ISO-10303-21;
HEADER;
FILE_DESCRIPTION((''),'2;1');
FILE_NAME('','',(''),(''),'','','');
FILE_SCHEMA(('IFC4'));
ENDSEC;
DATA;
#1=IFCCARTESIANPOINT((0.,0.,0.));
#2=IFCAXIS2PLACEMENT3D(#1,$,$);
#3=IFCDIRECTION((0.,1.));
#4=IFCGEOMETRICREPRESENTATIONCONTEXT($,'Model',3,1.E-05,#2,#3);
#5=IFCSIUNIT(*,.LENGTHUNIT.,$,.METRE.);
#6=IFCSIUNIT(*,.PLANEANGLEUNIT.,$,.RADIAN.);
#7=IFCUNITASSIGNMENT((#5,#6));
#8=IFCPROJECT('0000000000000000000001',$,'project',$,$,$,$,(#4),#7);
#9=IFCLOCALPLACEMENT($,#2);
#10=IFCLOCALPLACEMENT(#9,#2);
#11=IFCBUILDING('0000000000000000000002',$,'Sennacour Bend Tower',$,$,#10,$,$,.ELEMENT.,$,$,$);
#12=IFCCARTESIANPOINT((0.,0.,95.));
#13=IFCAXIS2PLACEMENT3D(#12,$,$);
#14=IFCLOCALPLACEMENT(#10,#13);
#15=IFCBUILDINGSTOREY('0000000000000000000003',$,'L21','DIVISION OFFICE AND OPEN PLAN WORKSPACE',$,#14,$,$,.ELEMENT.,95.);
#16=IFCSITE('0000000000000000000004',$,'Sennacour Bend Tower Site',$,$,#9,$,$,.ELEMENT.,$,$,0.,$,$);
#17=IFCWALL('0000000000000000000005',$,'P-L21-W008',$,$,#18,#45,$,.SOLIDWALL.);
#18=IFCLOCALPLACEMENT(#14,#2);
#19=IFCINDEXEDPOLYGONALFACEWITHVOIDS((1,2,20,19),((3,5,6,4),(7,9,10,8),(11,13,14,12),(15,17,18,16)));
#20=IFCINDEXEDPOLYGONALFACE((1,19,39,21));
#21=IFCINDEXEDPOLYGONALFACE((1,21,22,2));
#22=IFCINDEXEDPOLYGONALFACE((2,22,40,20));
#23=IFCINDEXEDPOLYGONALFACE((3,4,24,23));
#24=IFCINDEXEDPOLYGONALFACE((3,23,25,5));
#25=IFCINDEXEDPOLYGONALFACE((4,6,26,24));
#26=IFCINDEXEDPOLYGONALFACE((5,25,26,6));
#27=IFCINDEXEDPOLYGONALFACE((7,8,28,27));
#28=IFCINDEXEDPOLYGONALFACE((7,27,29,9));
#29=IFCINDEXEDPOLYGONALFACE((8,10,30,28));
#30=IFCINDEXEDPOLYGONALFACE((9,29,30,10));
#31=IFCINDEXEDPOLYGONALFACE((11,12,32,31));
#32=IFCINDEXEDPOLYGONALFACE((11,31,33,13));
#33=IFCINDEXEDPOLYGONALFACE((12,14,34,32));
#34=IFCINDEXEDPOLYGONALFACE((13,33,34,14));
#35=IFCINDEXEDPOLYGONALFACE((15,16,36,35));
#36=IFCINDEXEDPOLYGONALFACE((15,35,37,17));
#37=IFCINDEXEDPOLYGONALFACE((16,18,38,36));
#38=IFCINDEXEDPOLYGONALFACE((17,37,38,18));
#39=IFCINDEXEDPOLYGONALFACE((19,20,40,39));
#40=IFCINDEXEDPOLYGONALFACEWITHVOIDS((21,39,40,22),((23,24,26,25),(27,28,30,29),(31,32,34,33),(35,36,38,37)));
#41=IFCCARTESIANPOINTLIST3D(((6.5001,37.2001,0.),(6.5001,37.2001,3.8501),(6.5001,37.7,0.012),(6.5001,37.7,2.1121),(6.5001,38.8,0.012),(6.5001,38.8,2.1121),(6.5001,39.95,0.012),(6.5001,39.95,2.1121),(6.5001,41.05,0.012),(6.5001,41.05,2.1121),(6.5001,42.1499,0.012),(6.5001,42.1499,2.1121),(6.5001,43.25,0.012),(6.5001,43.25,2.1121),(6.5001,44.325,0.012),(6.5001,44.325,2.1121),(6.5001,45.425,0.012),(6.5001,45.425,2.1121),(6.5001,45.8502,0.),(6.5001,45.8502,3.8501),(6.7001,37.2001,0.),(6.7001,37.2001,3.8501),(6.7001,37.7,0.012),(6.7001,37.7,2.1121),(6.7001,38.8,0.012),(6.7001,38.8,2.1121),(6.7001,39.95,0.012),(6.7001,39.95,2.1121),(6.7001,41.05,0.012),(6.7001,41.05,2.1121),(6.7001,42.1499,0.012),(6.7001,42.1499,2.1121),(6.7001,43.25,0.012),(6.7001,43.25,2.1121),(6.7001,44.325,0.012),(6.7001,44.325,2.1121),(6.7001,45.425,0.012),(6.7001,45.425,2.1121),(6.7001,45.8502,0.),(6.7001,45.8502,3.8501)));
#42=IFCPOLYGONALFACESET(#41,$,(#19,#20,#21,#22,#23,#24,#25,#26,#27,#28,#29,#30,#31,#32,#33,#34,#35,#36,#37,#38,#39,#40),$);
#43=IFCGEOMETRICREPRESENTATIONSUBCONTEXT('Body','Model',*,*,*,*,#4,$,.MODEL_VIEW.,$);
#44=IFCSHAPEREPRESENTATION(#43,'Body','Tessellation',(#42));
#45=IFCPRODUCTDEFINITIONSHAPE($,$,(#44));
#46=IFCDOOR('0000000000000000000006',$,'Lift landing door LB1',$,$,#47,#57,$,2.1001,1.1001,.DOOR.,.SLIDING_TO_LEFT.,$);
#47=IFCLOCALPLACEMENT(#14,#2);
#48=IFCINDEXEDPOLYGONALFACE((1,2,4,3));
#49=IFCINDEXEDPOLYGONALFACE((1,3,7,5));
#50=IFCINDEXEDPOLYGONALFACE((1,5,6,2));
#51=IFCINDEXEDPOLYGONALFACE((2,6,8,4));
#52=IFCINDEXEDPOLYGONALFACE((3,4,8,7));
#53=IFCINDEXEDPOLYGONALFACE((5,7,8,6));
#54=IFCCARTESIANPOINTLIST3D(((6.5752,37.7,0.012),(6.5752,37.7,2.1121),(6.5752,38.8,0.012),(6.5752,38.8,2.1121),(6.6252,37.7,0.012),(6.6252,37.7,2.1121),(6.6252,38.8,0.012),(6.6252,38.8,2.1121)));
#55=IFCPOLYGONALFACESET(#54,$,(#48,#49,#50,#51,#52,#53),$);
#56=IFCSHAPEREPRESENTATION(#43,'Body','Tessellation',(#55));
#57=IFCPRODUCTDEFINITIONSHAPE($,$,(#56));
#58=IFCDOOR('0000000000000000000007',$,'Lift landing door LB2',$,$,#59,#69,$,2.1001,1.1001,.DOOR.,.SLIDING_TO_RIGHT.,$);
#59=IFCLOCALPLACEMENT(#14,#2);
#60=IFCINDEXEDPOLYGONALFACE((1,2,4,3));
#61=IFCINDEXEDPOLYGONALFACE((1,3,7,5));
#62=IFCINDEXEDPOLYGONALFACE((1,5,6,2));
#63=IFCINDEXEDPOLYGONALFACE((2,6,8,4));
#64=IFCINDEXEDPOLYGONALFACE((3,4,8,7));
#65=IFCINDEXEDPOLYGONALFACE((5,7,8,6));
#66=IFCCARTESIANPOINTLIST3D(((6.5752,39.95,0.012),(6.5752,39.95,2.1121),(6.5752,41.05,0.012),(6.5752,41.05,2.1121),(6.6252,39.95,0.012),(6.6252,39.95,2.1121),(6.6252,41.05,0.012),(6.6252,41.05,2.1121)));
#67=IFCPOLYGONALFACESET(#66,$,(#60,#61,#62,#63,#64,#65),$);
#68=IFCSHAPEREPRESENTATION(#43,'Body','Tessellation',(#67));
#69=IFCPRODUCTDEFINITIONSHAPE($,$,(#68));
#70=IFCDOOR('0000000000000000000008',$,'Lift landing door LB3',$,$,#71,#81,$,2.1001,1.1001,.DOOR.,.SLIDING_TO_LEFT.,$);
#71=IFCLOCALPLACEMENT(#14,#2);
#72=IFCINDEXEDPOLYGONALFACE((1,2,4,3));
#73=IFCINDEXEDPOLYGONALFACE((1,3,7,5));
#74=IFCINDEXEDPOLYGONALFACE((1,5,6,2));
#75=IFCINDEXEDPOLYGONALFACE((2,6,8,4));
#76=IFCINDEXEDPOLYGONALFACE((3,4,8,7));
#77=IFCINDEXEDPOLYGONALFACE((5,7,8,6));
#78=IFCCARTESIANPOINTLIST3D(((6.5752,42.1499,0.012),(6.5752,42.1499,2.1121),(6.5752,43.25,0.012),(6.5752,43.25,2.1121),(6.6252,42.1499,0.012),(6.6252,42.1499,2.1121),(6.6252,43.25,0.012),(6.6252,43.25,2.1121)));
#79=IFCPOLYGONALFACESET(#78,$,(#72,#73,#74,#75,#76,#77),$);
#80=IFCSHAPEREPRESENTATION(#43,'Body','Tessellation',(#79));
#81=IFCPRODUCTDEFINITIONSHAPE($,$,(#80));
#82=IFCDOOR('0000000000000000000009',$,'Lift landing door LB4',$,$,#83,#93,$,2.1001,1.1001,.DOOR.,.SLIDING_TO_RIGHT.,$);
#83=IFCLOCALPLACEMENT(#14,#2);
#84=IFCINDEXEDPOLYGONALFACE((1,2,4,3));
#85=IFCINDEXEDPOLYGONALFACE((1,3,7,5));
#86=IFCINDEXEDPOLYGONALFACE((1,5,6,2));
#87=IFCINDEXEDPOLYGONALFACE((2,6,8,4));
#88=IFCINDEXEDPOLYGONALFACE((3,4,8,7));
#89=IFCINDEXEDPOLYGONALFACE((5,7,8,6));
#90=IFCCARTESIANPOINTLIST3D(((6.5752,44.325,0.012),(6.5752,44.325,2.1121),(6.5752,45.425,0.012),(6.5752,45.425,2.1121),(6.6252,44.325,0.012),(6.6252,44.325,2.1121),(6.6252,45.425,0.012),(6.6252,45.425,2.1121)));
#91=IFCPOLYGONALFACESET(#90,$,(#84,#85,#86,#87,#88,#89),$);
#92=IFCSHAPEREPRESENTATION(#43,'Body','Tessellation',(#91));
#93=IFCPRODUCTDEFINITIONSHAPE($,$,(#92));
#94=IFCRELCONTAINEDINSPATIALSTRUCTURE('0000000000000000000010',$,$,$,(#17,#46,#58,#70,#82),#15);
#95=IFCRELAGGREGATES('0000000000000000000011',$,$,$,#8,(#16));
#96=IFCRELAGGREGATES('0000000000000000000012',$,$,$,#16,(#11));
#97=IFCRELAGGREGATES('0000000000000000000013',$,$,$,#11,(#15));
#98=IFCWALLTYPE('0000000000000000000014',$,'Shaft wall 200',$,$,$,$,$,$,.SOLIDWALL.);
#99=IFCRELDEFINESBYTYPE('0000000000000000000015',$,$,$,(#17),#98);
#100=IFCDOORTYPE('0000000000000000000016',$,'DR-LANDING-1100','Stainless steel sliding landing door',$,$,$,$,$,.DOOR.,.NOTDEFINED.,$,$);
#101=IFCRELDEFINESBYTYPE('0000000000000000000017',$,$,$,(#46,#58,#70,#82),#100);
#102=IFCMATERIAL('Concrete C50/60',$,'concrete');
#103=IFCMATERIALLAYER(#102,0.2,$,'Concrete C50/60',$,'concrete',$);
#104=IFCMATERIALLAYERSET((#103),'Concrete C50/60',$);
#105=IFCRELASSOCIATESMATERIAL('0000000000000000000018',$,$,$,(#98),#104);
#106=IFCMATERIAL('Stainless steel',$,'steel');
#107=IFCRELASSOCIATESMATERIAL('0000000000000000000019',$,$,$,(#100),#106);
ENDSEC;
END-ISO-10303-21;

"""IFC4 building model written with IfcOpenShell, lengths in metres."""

from ifc_helpers import new_model, si_unit, direction, frame, frame_2d, origin, place, context, subcontext, project, spatial, rectangle, extrude, material, layer, layer_set, type_object, element, fill, save


model = new_model("IFC4")

# Units and contexts
model_context = context("Model", 3, precision=1e-05, world=origin(), true_north=direction((0.0, 1.0)))
body_context = subcontext(model_context, "Body", "Model", "MODEL_VIEW")
ifc_project = project(units=[si_unit("LENGTHUNIT", "METRE"), si_unit("PLANEANGLEUNIT", "RADIAN")], contexts=[model_context])

# Site, building, storey
site_placement = place(None, origin())
site = spatial("IfcSite", under=ifc_project, at=site_placement, Name="Sennacour Bend Tower Site", CompositionType="ELEMENT", RefElevation=0.0)
building_placement = place(site_placement, origin())
building = spatial("IfcBuilding", under=site, at=building_placement, Name="Sennacour Bend Tower", CompositionType="ELEMENT")
storey_placement = place(building_placement, frame((0.0, 0.0, 95.0)))
storey = spatial("IfcBuildingStorey", under=building, at=storey_placement, Name="L21", Description="DIVISION OFFICE AND OPEN PLAN WORKSPACE", CompositionType="ELEMENT", Elevation=95.0)

# Wall, openings, doors
ifc_material_1 = material(Name="Concrete C50/60", Category="concrete")
ifc_layer_1 = layer(ifc_material_1, 0.2, Name="Concrete C50/60", Category="concrete")
ifc_layer_set_1 = layer_set([ifc_layer_1], Name="Concrete C50/60")
wall_type_1 = type_object("IfcWallType", Name="Shaft wall 200", PredefinedType="SOLIDWALL", material=ifc_layer_set_1)
wall_1_placement = place(storey_placement, frame((6.6001, 37.2, 0.0), z_axis=(0.0, 0.0, 1.0), x_axis=(0.0, 1.0, 0.0)))
wall_1 = element("IfcWall", 1, at=wall_1_placement, inside=storey, type_object=wall_type_1, Name="P-L21-W008", PredefinedType="SOLIDWALL", context=body_context, shape_type="SweptSolid", body=[
    extrude(rectangle(XDim=8.6501, YDim=0.2, at=frame_2d((4.3252, 0.0))), origin(), (0.0, 0.0, 1.0), 3.8501),
])
opening_1_placement = place(wall_1_placement, frame((0.5, 0.0, 0.012)))
opening_1 = element("IfcOpeningElement", 2, at=opening_1_placement, cuts=wall_1, PredefinedType="OPENING", context=body_context, shape_type="SweptSolid", body=[
    extrude(rectangle(XDim=1.1001, YDim=2.1001, at=frame_2d((0.55, 1.05))), frame((0.0, 0.1099, 0.0), z_axis=(0.0, -1.0, 0.0), x_axis=(1.0, 0.0, 0.0)), (0.0, 0.0, 1.0), 0.22),
])
opening_2_placement = place(wall_1_placement, frame((2.75, 0.0, 0.012)))
opening_2 = element("IfcOpeningElement", 3, at=opening_2_placement, cuts=wall_1, PredefinedType="OPENING", context=body_context, shape_type="SweptSolid", body=[
    extrude(rectangle(XDim=1.1001, YDim=2.1001, at=frame_2d((0.55, 1.05))), frame((0.0, 0.1099, 0.0), z_axis=(0.0, -1.0, 0.0), x_axis=(1.0, 0.0, 0.0)), (0.0, 0.0, 1.0), 0.22),
])
opening_3_placement = place(wall_1_placement, frame((4.95, 0.0, 0.012)))
opening_3 = element("IfcOpeningElement", 4, at=opening_3_placement, cuts=wall_1, PredefinedType="OPENING", context=body_context, shape_type="SweptSolid", body=[
    extrude(rectangle(XDim=1.1001, YDim=2.1001, at=frame_2d((0.55, 1.05))), frame((0.0, 0.1099, 0.0), z_axis=(0.0, -1.0, 0.0), x_axis=(1.0, 0.0, 0.0)), (0.0, 0.0, 1.0), 0.22),
])
opening_4_placement = place(wall_1_placement, frame((7.125, 0.0, 0.012)))
opening_4 = element("IfcOpeningElement", 5, at=opening_4_placement, cuts=wall_1, PredefinedType="OPENING", context=body_context, shape_type="SweptSolid", body=[
    extrude(rectangle(XDim=1.1001, YDim=2.1001, at=frame_2d((0.55, 1.05))), frame((0.0, 0.1099, 0.0), z_axis=(0.0, -1.0, 0.0), x_axis=(1.0, 0.0, 0.0)), (0.0, 0.0, 1.0), 0.22),
])
ifc_material_2 = material(Name="Stainless steel", Category="steel")
door_type_1 = type_object("IfcDoorType", Name="DR-LANDING-1100", Description="Stainless steel sliding landing door", OperationType="NOTDEFINED", PredefinedType="DOOR", material=ifc_material_2)
door_1_placement = place(opening_1_placement, origin())
door_1 = element("IfcDoor", 6, at=door_1_placement, inside=storey, type_object=door_type_1, Name="Lift landing door LB1", OperationType="SLIDING_TO_LEFT", OverallHeight=2.1001, OverallWidth=1.1001, PredefinedType="DOOR", context=body_context, shape_type="SweptSolid", body=[
    extrude(rectangle(XDim=1.1001, YDim=2.1001, at=frame_2d((0.55, 1.05))), frame((0.0, 0.0249, 0.0), z_axis=(0.0, -1.0, 0.0), x_axis=(1.0, 0.0, 0.0)), (0.0, 0.0, 1.0), 0.05),
])
fill(opening_1, door_1)
door_2_placement = place(opening_2_placement, origin())
door_2 = element("IfcDoor", 7, at=door_2_placement, inside=storey, type_object=door_type_1, Name="Lift landing door LB2", OperationType="SLIDING_TO_RIGHT", OverallHeight=2.1001, OverallWidth=1.1001, PredefinedType="DOOR", context=body_context, shape_type="SweptSolid", body=[
    extrude(rectangle(XDim=1.1001, YDim=2.1001, at=frame_2d((0.55, 1.05))), frame((0.0, 0.0249, 0.0), z_axis=(0.0, -1.0, 0.0), x_axis=(1.0, 0.0, 0.0)), (0.0, 0.0, 1.0), 0.05),
])
fill(opening_2, door_2)
door_3_placement = place(opening_3_placement, origin())
door_3 = element("IfcDoor", 8, at=door_3_placement, inside=storey, type_object=door_type_1, Name="Lift landing door LB3", OperationType="SLIDING_TO_LEFT", OverallHeight=2.1001, OverallWidth=1.1001, PredefinedType="DOOR", context=body_context, shape_type="SweptSolid", body=[
    extrude(rectangle(XDim=1.1001, YDim=2.1001, at=frame_2d((0.55, 1.05))), frame((0.0, 0.0249, 0.0), z_axis=(0.0, -1.0, 0.0), x_axis=(1.0, 0.0, 0.0)), (0.0, 0.0, 1.0), 0.05),
])
fill(opening_3, door_3)
door_4_placement = place(opening_4_placement, origin())
door_4 = element("IfcDoor", 9, at=door_4_placement, inside=storey, type_object=door_type_1, Name="Lift landing door LB4", OperationType="SLIDING_TO_RIGHT", OverallHeight=2.1001, OverallWidth=1.1001, PredefinedType="DOOR", context=body_context, shape_type="SweptSolid", body=[
    extrude(rectangle(XDim=1.1001, YDim=2.1001, at=frame_2d((0.55, 1.05))), frame((0.0, 0.0249, 0.0), z_axis=(0.0, -1.0, 0.0), x_axis=(1.0, 0.0, 0.0)), (0.0, 0.0, 1.0), 0.05),
])
fill(opening_4, door_4)

save(model, "model.ifc")
